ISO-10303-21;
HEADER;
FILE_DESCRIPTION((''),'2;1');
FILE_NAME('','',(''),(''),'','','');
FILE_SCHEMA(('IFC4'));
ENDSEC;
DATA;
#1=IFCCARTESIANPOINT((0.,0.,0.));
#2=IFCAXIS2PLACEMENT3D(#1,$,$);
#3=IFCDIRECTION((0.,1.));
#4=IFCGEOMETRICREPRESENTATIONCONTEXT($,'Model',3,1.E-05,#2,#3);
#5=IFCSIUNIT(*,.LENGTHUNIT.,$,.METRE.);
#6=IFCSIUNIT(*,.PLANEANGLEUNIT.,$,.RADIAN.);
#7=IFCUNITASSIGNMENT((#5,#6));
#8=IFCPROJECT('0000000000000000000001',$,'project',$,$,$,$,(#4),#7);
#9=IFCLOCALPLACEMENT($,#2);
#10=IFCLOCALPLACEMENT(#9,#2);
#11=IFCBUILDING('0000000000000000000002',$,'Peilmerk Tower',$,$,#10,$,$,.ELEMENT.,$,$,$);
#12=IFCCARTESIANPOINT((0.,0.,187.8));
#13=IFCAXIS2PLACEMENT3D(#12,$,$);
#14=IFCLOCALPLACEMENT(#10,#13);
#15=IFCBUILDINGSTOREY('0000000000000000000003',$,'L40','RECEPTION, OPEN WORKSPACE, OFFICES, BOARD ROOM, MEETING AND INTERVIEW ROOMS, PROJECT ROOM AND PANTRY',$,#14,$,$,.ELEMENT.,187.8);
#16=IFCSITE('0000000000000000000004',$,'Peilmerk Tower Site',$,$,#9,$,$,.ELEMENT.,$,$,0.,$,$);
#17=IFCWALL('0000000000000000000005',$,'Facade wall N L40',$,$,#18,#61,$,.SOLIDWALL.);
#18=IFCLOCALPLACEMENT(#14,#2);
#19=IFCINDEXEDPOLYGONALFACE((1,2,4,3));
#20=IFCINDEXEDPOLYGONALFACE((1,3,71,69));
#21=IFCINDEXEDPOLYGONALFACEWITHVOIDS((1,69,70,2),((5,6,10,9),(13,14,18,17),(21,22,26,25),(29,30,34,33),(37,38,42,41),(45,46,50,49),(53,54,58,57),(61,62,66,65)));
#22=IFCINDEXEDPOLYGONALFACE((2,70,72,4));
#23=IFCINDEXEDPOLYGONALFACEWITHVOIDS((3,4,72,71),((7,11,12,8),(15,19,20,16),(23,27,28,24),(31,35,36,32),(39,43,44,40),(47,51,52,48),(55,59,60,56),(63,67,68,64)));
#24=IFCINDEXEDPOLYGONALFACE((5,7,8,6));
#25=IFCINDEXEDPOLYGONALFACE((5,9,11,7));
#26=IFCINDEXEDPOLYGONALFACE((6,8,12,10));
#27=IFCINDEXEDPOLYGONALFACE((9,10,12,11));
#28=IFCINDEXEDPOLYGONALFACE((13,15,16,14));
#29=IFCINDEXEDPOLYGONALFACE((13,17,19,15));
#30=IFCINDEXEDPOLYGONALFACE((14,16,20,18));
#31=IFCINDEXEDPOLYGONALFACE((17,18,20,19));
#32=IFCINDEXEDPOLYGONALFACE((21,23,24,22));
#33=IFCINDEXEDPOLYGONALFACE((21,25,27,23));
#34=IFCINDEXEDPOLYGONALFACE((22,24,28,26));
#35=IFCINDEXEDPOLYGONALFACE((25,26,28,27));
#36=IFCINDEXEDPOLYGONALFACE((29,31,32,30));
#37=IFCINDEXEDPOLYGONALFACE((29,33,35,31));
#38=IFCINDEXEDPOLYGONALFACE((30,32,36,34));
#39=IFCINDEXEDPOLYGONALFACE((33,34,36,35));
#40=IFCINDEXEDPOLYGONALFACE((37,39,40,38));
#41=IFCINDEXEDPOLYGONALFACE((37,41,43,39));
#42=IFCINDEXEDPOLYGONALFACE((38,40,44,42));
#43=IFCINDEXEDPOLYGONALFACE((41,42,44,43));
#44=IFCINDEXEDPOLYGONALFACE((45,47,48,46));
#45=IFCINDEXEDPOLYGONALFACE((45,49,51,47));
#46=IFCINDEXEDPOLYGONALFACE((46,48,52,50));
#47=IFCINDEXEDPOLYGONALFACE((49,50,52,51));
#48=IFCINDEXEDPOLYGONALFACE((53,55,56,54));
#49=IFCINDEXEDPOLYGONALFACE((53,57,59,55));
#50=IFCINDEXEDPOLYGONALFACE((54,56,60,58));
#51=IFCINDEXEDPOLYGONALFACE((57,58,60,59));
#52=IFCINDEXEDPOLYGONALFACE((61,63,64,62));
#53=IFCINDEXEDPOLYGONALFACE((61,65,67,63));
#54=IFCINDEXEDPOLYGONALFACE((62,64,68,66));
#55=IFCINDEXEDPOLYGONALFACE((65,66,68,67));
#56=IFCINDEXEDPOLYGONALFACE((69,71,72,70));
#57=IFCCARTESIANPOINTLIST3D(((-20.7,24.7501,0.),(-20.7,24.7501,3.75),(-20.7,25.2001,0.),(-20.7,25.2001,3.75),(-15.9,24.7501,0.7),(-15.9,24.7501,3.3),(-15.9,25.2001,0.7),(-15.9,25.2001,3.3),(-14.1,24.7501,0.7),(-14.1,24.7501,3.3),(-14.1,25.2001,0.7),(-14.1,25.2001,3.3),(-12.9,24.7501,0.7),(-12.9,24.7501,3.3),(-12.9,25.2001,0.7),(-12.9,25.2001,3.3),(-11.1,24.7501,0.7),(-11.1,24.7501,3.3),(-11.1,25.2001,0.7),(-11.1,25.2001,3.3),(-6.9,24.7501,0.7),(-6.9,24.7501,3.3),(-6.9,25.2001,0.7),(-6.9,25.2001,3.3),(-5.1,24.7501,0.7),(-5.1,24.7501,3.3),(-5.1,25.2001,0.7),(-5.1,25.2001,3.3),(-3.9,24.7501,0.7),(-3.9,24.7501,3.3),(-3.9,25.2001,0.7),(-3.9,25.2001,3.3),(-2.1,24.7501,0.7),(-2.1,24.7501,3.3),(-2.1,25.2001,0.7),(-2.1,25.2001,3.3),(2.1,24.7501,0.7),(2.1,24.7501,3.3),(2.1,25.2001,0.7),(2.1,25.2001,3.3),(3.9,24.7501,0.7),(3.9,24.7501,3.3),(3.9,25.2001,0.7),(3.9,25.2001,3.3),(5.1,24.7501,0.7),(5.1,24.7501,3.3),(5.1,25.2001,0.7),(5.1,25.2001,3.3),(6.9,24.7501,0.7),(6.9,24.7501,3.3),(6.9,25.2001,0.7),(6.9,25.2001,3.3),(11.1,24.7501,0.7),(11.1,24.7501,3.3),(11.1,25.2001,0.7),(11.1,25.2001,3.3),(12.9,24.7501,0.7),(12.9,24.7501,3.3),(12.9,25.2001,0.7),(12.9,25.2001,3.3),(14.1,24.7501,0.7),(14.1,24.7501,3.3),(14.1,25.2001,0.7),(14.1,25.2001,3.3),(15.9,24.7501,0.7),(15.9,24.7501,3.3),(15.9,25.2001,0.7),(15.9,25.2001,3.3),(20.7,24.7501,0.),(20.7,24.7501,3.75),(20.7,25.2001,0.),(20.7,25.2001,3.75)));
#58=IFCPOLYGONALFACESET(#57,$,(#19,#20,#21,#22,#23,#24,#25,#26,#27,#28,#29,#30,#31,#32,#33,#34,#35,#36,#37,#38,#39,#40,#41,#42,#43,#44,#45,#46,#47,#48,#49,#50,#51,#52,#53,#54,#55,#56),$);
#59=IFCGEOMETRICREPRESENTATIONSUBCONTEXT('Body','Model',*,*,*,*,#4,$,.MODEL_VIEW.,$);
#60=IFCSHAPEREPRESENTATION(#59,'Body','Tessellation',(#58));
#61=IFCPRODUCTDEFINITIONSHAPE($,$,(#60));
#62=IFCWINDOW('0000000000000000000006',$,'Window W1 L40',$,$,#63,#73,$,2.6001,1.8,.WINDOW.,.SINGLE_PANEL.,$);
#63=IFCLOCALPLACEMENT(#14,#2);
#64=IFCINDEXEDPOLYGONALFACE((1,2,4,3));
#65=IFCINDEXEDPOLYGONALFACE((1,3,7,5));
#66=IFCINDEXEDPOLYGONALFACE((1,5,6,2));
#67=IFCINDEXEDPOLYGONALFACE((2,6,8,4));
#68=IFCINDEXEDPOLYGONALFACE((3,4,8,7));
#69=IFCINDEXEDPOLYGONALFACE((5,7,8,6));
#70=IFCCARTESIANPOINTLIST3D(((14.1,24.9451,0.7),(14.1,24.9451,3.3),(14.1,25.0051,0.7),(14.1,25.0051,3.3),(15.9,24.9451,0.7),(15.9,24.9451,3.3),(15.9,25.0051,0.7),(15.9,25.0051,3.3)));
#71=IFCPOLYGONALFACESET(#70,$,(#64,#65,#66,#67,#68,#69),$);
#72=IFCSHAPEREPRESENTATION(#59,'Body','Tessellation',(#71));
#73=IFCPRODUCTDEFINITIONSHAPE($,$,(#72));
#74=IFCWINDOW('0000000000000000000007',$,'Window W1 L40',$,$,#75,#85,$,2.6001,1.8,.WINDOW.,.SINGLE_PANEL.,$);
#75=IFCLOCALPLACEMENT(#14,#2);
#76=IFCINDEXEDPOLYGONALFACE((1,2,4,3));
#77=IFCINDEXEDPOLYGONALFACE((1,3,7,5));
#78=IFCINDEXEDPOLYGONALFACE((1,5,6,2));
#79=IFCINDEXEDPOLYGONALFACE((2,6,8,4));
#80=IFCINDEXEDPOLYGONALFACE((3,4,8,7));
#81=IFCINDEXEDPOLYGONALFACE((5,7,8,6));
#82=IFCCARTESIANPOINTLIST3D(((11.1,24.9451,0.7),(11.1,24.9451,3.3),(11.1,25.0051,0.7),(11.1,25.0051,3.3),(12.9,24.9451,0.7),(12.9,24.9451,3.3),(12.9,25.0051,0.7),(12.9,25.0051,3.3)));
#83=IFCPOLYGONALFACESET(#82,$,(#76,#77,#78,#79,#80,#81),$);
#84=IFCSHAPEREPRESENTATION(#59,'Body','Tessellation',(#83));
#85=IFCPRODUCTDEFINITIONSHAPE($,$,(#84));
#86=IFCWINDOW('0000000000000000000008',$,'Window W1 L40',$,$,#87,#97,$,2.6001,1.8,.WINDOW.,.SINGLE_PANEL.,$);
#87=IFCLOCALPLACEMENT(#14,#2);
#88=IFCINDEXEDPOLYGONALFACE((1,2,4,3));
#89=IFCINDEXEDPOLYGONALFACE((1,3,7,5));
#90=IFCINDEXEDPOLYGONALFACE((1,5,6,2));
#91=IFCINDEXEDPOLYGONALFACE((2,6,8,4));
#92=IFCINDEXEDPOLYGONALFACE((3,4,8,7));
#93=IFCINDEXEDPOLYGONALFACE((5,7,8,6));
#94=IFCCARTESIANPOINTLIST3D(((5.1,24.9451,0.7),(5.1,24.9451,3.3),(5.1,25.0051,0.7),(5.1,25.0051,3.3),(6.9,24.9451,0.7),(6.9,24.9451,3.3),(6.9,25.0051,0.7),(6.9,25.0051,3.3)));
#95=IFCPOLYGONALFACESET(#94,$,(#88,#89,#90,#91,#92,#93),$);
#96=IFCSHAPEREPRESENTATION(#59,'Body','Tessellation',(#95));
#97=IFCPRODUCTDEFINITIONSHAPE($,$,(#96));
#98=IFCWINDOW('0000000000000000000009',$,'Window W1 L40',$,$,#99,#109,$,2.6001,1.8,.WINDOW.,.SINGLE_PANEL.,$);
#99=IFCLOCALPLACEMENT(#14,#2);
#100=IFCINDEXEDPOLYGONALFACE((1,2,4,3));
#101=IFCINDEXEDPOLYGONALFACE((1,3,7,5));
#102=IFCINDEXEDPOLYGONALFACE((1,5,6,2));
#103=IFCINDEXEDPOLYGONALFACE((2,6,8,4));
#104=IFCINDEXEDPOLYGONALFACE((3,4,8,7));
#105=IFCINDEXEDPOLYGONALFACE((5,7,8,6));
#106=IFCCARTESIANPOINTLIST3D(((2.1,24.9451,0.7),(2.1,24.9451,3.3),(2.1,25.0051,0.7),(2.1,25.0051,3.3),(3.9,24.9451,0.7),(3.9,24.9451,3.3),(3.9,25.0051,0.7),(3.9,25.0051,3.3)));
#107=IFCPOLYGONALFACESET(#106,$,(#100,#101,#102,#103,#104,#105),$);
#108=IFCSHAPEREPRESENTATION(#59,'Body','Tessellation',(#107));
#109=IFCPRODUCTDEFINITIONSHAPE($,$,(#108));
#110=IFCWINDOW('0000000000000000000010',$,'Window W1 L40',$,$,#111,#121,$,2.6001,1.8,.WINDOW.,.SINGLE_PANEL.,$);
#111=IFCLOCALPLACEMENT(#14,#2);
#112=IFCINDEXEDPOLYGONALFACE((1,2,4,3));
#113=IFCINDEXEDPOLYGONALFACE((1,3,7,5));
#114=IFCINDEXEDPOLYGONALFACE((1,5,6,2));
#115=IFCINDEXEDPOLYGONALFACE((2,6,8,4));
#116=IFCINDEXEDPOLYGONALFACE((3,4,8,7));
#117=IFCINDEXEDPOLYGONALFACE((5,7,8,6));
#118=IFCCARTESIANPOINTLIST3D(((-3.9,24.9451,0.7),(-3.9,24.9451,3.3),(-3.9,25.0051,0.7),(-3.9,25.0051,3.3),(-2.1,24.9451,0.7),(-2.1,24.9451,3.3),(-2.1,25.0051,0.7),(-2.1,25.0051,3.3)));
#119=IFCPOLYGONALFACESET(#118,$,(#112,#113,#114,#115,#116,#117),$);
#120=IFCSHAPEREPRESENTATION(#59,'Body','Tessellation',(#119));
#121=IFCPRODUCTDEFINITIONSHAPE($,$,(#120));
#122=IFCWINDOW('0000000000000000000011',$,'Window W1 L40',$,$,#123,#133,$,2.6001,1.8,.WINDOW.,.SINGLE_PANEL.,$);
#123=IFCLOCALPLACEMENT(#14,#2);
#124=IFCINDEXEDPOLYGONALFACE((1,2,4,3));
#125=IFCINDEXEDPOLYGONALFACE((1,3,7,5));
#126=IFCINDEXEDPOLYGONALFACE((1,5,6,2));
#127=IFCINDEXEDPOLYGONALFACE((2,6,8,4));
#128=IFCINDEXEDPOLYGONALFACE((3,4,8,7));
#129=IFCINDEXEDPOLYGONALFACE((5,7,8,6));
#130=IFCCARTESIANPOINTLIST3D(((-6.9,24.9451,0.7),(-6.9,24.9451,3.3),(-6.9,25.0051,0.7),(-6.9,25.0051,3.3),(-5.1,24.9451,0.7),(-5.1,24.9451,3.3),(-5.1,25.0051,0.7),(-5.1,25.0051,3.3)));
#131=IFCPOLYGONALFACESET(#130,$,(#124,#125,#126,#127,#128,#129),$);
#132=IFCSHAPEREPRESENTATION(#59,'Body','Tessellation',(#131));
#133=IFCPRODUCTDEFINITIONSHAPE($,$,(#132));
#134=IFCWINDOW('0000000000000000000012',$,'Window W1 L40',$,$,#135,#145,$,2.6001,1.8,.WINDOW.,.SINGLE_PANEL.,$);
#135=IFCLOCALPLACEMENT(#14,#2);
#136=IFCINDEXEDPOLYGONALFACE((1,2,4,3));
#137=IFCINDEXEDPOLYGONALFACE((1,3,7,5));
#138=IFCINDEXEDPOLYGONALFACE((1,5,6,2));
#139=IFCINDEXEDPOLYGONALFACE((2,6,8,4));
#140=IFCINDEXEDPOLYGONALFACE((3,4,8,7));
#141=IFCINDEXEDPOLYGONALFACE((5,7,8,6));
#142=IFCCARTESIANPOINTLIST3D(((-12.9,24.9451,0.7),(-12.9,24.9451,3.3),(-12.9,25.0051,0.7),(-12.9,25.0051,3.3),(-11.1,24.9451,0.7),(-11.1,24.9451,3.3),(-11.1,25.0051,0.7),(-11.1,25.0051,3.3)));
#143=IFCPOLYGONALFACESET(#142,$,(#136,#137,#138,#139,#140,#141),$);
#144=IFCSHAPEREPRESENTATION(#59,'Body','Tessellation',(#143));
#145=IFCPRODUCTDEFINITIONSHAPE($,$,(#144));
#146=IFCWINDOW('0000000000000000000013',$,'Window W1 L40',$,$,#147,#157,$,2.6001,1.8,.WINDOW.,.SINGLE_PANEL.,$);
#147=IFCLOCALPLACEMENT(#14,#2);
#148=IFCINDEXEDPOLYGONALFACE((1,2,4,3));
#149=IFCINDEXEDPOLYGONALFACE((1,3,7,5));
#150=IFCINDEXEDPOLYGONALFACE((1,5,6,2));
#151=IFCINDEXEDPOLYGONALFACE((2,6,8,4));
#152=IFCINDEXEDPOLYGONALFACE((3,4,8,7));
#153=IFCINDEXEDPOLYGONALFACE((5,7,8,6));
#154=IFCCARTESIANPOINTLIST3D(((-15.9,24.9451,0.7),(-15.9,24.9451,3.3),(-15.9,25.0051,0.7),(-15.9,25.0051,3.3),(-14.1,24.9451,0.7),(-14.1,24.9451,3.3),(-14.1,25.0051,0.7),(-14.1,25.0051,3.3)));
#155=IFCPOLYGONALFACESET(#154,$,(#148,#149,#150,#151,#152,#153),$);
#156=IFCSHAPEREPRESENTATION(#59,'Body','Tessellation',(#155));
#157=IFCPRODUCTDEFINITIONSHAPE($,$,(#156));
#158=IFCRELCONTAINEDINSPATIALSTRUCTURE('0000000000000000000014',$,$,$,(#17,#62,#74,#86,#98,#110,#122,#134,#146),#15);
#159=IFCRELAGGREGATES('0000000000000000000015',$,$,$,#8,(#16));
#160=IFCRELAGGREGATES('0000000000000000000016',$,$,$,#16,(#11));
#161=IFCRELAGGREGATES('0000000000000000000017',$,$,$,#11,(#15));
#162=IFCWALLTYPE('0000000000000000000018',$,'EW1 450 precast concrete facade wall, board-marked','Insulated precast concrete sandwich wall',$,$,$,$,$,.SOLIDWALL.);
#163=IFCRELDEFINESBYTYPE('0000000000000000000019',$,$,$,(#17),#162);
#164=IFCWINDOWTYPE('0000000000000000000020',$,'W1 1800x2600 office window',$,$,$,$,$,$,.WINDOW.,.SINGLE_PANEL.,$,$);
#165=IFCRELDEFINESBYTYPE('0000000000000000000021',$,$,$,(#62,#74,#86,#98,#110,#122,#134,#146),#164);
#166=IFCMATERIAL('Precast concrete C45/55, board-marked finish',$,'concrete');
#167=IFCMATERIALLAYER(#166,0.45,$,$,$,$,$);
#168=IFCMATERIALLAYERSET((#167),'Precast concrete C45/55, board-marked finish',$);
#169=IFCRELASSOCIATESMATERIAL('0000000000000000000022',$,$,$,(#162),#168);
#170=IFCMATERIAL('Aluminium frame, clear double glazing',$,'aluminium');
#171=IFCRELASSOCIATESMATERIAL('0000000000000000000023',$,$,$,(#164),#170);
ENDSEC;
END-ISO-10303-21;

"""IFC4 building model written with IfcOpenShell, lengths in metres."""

from ifc_helpers import new_model, si_unit, direction, frame, frame_2d, origin, place, context, subcontext, project, spatial, rectangle, extrude, material, layer, layer_set, type_object, element, fill, save


model = new_model("IFC4")

# Units and contexts
model_context = context("Model", 3, precision=1e-05, world=origin(), true_north=direction((0.0, 1.0)))
body_context = subcontext(model_context, "Body", "Model", "MODEL_VIEW")
ifc_project = project(units=[si_unit("LENGTHUNIT", "METRE"), si_unit("PLANEANGLEUNIT", "RADIAN")], contexts=[model_context])

# Site, building, storey
site_placement = place(None, origin())
site = spatial("IfcSite", under=ifc_project, at=site_placement, Name="Peilmerk Tower Site", CompositionType="ELEMENT", RefElevation=0.0)
building_placement = place(site_placement, origin())
building = spatial("IfcBuilding", under=site, at=building_placement, Name="Peilmerk Tower", CompositionType="ELEMENT")
storey_placement = place(building_placement, frame((0.0, 0.0, 187.8)))
storey = spatial("IfcBuildingStorey", under=building, at=storey_placement, Name="L40", Description="RECEPTION, OPEN WORKSPACE, OFFICES, BOARD ROOM, MEETING AND INTERVIEW ROOMS, PROJECT ROOM AND PANTRY", CompositionType="ELEMENT", Elevation=187.8)

# Wall, openings, windows
ifc_material_1 = material(Name="Precast concrete C45/55, board-marked finish", Category="concrete")
ifc_layer_1 = layer(ifc_material_1, 0.45)
ifc_layer_set_1 = layer_set([ifc_layer_1], Name="Precast concrete C45/55, board-marked finish")
wall_type = type_object("IfcWallType", Name="EW1 450 precast concrete facade wall, board-marked", Description="Insulated precast concrete sandwich wall", PredefinedType="SOLIDWALL", material=ifc_layer_set_1)
wall_placement = place(storey_placement, frame((20.7, 24.9751, 0.0), z_axis=(0.0, 0.0, 1.0), x_axis=(-1.0, 0.0, 0.0)))
wall = element("IfcWall", 1, at=wall_placement, inside=storey, type_object=wall_type, Name="Facade wall N L40", PredefinedType="SOLIDWALL", context=body_context, shape_type="SweptSolid", body=[
    extrude(rectangle(XDim=41.3999, YDim=0.45, at=frame_2d((20.7, 0.0))), origin(), (0.0, 0.0, 1.0), 3.75),
])
opening_1_placement = place(wall_placement, frame((4.8, 0.0, 0.7)))
opening_1 = element("IfcOpeningElement", 2, at=opening_1_placement, cuts=wall, PredefinedType="OPENING", context=body_context, shape_type="SweptSolid", body=[
    extrude(rectangle(XDim=1.8, YDim=2.6001, at=frame_2d((0.8999, 1.3))), frame((0.0, 0.2349, 0.0), z_axis=(0.0, -1.0, 0.0), x_axis=(1.0, 0.0, 0.0)), (0.0, 0.0, 1.0), 0.47),
])
opening_2_placement = place(wall_placement, frame((7.8, 0.0, 0.7)))
opening_2 = element("IfcOpeningElement", 3, at=opening_2_placement, cuts=wall, PredefinedType="OPENING", context=body_context, shape_type="SweptSolid", body=[
    extrude(rectangle(XDim=1.8, YDim=2.6001, at=frame_2d((0.8999, 1.3))), frame((0.0, 0.2349, 0.0), z_axis=(0.0, -1.0, 0.0), x_axis=(1.0, 0.0, 0.0)), (0.0, 0.0, 1.0), 0.47),
])
opening_3_placement = place(wall_placement, frame((13.8, 0.0, 0.7)))
opening_3 = element("IfcOpeningElement", 4, at=opening_3_placement, cuts=wall, PredefinedType="OPENING", context=body_context, shape_type="SweptSolid", body=[
    extrude(rectangle(XDim=1.8, YDim=2.6001, at=frame_2d((0.8999, 1.3))), frame((0.0, 0.2349, 0.0), z_axis=(0.0, -1.0, 0.0), x_axis=(1.0, 0.0, 0.0)), (0.0, 0.0, 1.0), 0.47),
])
opening_4_placement = place(wall_placement, frame((16.8, 0.0, 0.7)))
opening_4 = element("IfcOpeningElement", 5, at=opening_4_placement, cuts=wall, PredefinedType="OPENING", context=body_context, shape_type="SweptSolid", body=[
    extrude(rectangle(XDim=1.8, YDim=2.6001, at=frame_2d((0.8999, 1.3))), frame((0.0, 0.2349, 0.0), z_axis=(0.0, -1.0, 0.0), x_axis=(1.0, 0.0, 0.0)), (0.0, 0.0, 1.0), 0.47),
])
opening_5_placement = place(wall_placement, frame((22.8, 0.0, 0.7)))
opening_5 = element("IfcOpeningElement", 6, at=opening_5_placement, cuts=wall, PredefinedType="OPENING", context=body_context, shape_type="SweptSolid", body=[
    extrude(rectangle(XDim=1.8, YDim=2.6001, at=frame_2d((0.8999, 1.3))), frame((0.0, 0.2349, 0.0), z_axis=(0.0, -1.0, 0.0), x_axis=(1.0, 0.0, 0.0)), (0.0, 0.0, 1.0), 0.47),
])
opening_6_placement = place(wall_placement, frame((25.8, 0.0, 0.7)))
opening_6 = element("IfcOpeningElement", 7, at=opening_6_placement, cuts=wall, PredefinedType="OPENING", context=body_context, shape_type="SweptSolid", body=[
    extrude(rectangle(XDim=1.8, YDim=2.6001, at=frame_2d((0.8999, 1.3))), frame((0.0, 0.2349, 0.0), z_axis=(0.0, -1.0, 0.0), x_axis=(1.0, 0.0, 0.0)), (0.0, 0.0, 1.0), 0.47),
])
opening_7_placement = place(wall_placement, frame((31.8, 0.0, 0.7)))
opening_7 = element("IfcOpeningElement", 8, at=opening_7_placement, cuts=wall, PredefinedType="OPENING", context=body_context, shape_type="SweptSolid", body=[
    extrude(rectangle(XDim=1.8, YDim=2.6001, at=frame_2d((0.8999, 1.3))), frame((0.0, 0.2349, 0.0), z_axis=(0.0, -1.0, 0.0), x_axis=(1.0, 0.0, 0.0)), (0.0, 0.0, 1.0), 0.47),
])
opening_8_placement = place(wall_placement, frame((34.8, 0.0, 0.7)))
opening_8 = element("IfcOpeningElement", 9, at=opening_8_placement, cuts=wall, PredefinedType="OPENING", context=body_context, shape_type="SweptSolid", body=[
    extrude(rectangle(XDim=1.8, YDim=2.6001, at=frame_2d((0.8999, 1.3))), frame((0.0, 0.2349, 0.0), z_axis=(0.0, -1.0, 0.0), x_axis=(1.0, 0.0, 0.0)), (0.0, 0.0, 1.0), 0.47),
])
ifc_material_2 = material(Name="Aluminium frame, clear double glazing", Category="aluminium")
window_type = type_object("IfcWindowType", Name="W1 1800x2600 office window", PartitioningType="SINGLE_PANEL", PredefinedType="WINDOW", material=ifc_material_2)
window_1_placement = place(opening_1_placement, origin())
window_1 = element("IfcWindow", 10, at=window_1_placement, inside=storey, type_object=window_type, Name="Window W1 L40", OverallHeight=2.6001, OverallWidth=1.8, PartitioningType="SINGLE_PANEL", PredefinedType="WINDOW", context=body_context, shape_type="SweptSolid", body=[
    extrude(rectangle(XDim=1.8, YDim=2.6001, at=frame_2d((0.8999, 1.3))), frame((0.0, 0.03, 0.0), z_axis=(0.0, -1.0, 0.0), x_axis=(1.0, 0.0, 0.0)), (0.0, 0.0, 1.0), 0.0601),
])
fill(opening_1, window_1)
window_2_placement = place(opening_2_placement, origin())
window_2 = element("IfcWindow", 11, at=window_2_placement, inside=storey, type_object=window_type, Name="Window W1 L40", OverallHeight=2.6001, OverallWidth=1.8, PartitioningType="SINGLE_PANEL", PredefinedType="WINDOW", context=body_context, shape_type="SweptSolid", body=[
    extrude(rectangle(XDim=1.8, YDim=2.6001, at=frame_2d((0.8999, 1.3))), frame((0.0, 0.03, 0.0), z_axis=(0.0, -1.0, 0.0), x_axis=(1.0, 0.0, 0.0)), (0.0, 0.0, 1.0), 0.0601),
])
fill(opening_2, window_2)
window_3_placement = place(opening_3_placement, origin())
window_3 = element("IfcWindow", 12, at=window_3_placement, inside=storey, type_object=window_type, Name="Window W1 L40", OverallHeight=2.6001, OverallWidth=1.8, PartitioningType="SINGLE_PANEL", PredefinedType="WINDOW", context=body_context, shape_type="SweptSolid", body=[
    extrude(rectangle(XDim=1.8, YDim=2.6001, at=frame_2d((0.8999, 1.3))), frame((0.0, 0.03, 0.0), z_axis=(0.0, -1.0, 0.0), x_axis=(1.0, 0.0, 0.0)), (0.0, 0.0, 1.0), 0.0601),
])
fill(opening_3, window_3)
window_4_placement = place(opening_4_placement, origin())
window_4 = element("IfcWindow", 13, at=window_4_placement, inside=storey, type_object=window_type, Name="Window W1 L40", OverallHeight=2.6001, OverallWidth=1.8, PartitioningType="SINGLE_PANEL", PredefinedType="WINDOW", context=body_context, shape_type="SweptSolid", body=[
    extrude(rectangle(XDim=1.8, YDim=2.6001, at=frame_2d((0.8999, 1.3))), frame((0.0, 0.03, 0.0), z_axis=(0.0, -1.0, 0.0), x_axis=(1.0, 0.0, 0.0)), (0.0, 0.0, 1.0), 0.0601),
])
fill(opening_4, window_4)
window_5_placement = place(opening_5_placement, origin())
window_5 = element("IfcWindow", 14, at=window_5_placement, inside=storey, type_object=window_type, Name="Window W1 L40", OverallHeight=2.6001, OverallWidth=1.8, PartitioningType="SINGLE_PANEL", PredefinedType="WINDOW", context=body_context, shape_type="SweptSolid", body=[
    extrude(rectangle(XDim=1.8, YDim=2.6001, at=frame_2d((0.8999, 1.3))), frame((0.0, 0.03, 0.0), z_axis=(0.0, -1.0, 0.0), x_axis=(1.0, 0.0, 0.0)), (0.0, 0.0, 1.0), 0.0601),
])
fill(opening_5, window_5)
window_6_placement = place(opening_6_placement, origin())
window_6 = element("IfcWindow", 15, at=window_6_placement, inside=storey, type_object=window_type, Name="Window W1 L40", OverallHeight=2.6001, OverallWidth=1.8, PartitioningType="SINGLE_PANEL", PredefinedType="WINDOW", context=body_context, shape_type="SweptSolid", body=[
    extrude(rectangle(XDim=1.8, YDim=2.6001, at=frame_2d((0.8999, 1.3))), frame((0.0, 0.03, 0.0), z_axis=(0.0, -1.0, 0.0), x_axis=(1.0, 0.0, 0.0)), (0.0, 0.0, 1.0), 0.0601),
])
fill(opening_6, window_6)
window_7_placement = place(opening_7_placement, origin())
window_7 = element("IfcWindow", 16, at=window_7_placement, inside=storey, type_object=window_type, Name="Window W1 L40", OverallHeight=2.6001, OverallWidth=1.8, PartitioningType="SINGLE_PANEL", PredefinedType="WINDOW", context=body_context, shape_type="SweptSolid", body=[
    extrude(rectangle(XDim=1.8, YDim=2.6001, at=frame_2d((0.8999, 1.3))), frame((0.0, 0.03, 0.0), z_axis=(0.0, -1.0, 0.0), x_axis=(1.0, 0.0, 0.0)), (0.0, 0.0, 1.0), 0.0601),
])
fill(opening_7, window_7)
window_8_placement = place(opening_8_placement, origin())
window_8 = element("IfcWindow", 17, at=window_8_placement, inside=storey, type_object=window_type, Name="Window W1 L40", OverallHeight=2.6001, OverallWidth=1.8, PartitioningType="SINGLE_PANEL", PredefinedType="WINDOW", context=body_context, shape_type="SweptSolid", body=[
    extrude(rectangle(XDim=1.8, YDim=2.6001, at=frame_2d((0.8999, 1.3))), frame((0.0, 0.03, 0.0), z_axis=(0.0, -1.0, 0.0), x_axis=(1.0, 0.0, 0.0)), (0.0, 0.0, 1.0), 0.0601),
])
fill(opening_8, window_8)

save(model, "model.ifc")
